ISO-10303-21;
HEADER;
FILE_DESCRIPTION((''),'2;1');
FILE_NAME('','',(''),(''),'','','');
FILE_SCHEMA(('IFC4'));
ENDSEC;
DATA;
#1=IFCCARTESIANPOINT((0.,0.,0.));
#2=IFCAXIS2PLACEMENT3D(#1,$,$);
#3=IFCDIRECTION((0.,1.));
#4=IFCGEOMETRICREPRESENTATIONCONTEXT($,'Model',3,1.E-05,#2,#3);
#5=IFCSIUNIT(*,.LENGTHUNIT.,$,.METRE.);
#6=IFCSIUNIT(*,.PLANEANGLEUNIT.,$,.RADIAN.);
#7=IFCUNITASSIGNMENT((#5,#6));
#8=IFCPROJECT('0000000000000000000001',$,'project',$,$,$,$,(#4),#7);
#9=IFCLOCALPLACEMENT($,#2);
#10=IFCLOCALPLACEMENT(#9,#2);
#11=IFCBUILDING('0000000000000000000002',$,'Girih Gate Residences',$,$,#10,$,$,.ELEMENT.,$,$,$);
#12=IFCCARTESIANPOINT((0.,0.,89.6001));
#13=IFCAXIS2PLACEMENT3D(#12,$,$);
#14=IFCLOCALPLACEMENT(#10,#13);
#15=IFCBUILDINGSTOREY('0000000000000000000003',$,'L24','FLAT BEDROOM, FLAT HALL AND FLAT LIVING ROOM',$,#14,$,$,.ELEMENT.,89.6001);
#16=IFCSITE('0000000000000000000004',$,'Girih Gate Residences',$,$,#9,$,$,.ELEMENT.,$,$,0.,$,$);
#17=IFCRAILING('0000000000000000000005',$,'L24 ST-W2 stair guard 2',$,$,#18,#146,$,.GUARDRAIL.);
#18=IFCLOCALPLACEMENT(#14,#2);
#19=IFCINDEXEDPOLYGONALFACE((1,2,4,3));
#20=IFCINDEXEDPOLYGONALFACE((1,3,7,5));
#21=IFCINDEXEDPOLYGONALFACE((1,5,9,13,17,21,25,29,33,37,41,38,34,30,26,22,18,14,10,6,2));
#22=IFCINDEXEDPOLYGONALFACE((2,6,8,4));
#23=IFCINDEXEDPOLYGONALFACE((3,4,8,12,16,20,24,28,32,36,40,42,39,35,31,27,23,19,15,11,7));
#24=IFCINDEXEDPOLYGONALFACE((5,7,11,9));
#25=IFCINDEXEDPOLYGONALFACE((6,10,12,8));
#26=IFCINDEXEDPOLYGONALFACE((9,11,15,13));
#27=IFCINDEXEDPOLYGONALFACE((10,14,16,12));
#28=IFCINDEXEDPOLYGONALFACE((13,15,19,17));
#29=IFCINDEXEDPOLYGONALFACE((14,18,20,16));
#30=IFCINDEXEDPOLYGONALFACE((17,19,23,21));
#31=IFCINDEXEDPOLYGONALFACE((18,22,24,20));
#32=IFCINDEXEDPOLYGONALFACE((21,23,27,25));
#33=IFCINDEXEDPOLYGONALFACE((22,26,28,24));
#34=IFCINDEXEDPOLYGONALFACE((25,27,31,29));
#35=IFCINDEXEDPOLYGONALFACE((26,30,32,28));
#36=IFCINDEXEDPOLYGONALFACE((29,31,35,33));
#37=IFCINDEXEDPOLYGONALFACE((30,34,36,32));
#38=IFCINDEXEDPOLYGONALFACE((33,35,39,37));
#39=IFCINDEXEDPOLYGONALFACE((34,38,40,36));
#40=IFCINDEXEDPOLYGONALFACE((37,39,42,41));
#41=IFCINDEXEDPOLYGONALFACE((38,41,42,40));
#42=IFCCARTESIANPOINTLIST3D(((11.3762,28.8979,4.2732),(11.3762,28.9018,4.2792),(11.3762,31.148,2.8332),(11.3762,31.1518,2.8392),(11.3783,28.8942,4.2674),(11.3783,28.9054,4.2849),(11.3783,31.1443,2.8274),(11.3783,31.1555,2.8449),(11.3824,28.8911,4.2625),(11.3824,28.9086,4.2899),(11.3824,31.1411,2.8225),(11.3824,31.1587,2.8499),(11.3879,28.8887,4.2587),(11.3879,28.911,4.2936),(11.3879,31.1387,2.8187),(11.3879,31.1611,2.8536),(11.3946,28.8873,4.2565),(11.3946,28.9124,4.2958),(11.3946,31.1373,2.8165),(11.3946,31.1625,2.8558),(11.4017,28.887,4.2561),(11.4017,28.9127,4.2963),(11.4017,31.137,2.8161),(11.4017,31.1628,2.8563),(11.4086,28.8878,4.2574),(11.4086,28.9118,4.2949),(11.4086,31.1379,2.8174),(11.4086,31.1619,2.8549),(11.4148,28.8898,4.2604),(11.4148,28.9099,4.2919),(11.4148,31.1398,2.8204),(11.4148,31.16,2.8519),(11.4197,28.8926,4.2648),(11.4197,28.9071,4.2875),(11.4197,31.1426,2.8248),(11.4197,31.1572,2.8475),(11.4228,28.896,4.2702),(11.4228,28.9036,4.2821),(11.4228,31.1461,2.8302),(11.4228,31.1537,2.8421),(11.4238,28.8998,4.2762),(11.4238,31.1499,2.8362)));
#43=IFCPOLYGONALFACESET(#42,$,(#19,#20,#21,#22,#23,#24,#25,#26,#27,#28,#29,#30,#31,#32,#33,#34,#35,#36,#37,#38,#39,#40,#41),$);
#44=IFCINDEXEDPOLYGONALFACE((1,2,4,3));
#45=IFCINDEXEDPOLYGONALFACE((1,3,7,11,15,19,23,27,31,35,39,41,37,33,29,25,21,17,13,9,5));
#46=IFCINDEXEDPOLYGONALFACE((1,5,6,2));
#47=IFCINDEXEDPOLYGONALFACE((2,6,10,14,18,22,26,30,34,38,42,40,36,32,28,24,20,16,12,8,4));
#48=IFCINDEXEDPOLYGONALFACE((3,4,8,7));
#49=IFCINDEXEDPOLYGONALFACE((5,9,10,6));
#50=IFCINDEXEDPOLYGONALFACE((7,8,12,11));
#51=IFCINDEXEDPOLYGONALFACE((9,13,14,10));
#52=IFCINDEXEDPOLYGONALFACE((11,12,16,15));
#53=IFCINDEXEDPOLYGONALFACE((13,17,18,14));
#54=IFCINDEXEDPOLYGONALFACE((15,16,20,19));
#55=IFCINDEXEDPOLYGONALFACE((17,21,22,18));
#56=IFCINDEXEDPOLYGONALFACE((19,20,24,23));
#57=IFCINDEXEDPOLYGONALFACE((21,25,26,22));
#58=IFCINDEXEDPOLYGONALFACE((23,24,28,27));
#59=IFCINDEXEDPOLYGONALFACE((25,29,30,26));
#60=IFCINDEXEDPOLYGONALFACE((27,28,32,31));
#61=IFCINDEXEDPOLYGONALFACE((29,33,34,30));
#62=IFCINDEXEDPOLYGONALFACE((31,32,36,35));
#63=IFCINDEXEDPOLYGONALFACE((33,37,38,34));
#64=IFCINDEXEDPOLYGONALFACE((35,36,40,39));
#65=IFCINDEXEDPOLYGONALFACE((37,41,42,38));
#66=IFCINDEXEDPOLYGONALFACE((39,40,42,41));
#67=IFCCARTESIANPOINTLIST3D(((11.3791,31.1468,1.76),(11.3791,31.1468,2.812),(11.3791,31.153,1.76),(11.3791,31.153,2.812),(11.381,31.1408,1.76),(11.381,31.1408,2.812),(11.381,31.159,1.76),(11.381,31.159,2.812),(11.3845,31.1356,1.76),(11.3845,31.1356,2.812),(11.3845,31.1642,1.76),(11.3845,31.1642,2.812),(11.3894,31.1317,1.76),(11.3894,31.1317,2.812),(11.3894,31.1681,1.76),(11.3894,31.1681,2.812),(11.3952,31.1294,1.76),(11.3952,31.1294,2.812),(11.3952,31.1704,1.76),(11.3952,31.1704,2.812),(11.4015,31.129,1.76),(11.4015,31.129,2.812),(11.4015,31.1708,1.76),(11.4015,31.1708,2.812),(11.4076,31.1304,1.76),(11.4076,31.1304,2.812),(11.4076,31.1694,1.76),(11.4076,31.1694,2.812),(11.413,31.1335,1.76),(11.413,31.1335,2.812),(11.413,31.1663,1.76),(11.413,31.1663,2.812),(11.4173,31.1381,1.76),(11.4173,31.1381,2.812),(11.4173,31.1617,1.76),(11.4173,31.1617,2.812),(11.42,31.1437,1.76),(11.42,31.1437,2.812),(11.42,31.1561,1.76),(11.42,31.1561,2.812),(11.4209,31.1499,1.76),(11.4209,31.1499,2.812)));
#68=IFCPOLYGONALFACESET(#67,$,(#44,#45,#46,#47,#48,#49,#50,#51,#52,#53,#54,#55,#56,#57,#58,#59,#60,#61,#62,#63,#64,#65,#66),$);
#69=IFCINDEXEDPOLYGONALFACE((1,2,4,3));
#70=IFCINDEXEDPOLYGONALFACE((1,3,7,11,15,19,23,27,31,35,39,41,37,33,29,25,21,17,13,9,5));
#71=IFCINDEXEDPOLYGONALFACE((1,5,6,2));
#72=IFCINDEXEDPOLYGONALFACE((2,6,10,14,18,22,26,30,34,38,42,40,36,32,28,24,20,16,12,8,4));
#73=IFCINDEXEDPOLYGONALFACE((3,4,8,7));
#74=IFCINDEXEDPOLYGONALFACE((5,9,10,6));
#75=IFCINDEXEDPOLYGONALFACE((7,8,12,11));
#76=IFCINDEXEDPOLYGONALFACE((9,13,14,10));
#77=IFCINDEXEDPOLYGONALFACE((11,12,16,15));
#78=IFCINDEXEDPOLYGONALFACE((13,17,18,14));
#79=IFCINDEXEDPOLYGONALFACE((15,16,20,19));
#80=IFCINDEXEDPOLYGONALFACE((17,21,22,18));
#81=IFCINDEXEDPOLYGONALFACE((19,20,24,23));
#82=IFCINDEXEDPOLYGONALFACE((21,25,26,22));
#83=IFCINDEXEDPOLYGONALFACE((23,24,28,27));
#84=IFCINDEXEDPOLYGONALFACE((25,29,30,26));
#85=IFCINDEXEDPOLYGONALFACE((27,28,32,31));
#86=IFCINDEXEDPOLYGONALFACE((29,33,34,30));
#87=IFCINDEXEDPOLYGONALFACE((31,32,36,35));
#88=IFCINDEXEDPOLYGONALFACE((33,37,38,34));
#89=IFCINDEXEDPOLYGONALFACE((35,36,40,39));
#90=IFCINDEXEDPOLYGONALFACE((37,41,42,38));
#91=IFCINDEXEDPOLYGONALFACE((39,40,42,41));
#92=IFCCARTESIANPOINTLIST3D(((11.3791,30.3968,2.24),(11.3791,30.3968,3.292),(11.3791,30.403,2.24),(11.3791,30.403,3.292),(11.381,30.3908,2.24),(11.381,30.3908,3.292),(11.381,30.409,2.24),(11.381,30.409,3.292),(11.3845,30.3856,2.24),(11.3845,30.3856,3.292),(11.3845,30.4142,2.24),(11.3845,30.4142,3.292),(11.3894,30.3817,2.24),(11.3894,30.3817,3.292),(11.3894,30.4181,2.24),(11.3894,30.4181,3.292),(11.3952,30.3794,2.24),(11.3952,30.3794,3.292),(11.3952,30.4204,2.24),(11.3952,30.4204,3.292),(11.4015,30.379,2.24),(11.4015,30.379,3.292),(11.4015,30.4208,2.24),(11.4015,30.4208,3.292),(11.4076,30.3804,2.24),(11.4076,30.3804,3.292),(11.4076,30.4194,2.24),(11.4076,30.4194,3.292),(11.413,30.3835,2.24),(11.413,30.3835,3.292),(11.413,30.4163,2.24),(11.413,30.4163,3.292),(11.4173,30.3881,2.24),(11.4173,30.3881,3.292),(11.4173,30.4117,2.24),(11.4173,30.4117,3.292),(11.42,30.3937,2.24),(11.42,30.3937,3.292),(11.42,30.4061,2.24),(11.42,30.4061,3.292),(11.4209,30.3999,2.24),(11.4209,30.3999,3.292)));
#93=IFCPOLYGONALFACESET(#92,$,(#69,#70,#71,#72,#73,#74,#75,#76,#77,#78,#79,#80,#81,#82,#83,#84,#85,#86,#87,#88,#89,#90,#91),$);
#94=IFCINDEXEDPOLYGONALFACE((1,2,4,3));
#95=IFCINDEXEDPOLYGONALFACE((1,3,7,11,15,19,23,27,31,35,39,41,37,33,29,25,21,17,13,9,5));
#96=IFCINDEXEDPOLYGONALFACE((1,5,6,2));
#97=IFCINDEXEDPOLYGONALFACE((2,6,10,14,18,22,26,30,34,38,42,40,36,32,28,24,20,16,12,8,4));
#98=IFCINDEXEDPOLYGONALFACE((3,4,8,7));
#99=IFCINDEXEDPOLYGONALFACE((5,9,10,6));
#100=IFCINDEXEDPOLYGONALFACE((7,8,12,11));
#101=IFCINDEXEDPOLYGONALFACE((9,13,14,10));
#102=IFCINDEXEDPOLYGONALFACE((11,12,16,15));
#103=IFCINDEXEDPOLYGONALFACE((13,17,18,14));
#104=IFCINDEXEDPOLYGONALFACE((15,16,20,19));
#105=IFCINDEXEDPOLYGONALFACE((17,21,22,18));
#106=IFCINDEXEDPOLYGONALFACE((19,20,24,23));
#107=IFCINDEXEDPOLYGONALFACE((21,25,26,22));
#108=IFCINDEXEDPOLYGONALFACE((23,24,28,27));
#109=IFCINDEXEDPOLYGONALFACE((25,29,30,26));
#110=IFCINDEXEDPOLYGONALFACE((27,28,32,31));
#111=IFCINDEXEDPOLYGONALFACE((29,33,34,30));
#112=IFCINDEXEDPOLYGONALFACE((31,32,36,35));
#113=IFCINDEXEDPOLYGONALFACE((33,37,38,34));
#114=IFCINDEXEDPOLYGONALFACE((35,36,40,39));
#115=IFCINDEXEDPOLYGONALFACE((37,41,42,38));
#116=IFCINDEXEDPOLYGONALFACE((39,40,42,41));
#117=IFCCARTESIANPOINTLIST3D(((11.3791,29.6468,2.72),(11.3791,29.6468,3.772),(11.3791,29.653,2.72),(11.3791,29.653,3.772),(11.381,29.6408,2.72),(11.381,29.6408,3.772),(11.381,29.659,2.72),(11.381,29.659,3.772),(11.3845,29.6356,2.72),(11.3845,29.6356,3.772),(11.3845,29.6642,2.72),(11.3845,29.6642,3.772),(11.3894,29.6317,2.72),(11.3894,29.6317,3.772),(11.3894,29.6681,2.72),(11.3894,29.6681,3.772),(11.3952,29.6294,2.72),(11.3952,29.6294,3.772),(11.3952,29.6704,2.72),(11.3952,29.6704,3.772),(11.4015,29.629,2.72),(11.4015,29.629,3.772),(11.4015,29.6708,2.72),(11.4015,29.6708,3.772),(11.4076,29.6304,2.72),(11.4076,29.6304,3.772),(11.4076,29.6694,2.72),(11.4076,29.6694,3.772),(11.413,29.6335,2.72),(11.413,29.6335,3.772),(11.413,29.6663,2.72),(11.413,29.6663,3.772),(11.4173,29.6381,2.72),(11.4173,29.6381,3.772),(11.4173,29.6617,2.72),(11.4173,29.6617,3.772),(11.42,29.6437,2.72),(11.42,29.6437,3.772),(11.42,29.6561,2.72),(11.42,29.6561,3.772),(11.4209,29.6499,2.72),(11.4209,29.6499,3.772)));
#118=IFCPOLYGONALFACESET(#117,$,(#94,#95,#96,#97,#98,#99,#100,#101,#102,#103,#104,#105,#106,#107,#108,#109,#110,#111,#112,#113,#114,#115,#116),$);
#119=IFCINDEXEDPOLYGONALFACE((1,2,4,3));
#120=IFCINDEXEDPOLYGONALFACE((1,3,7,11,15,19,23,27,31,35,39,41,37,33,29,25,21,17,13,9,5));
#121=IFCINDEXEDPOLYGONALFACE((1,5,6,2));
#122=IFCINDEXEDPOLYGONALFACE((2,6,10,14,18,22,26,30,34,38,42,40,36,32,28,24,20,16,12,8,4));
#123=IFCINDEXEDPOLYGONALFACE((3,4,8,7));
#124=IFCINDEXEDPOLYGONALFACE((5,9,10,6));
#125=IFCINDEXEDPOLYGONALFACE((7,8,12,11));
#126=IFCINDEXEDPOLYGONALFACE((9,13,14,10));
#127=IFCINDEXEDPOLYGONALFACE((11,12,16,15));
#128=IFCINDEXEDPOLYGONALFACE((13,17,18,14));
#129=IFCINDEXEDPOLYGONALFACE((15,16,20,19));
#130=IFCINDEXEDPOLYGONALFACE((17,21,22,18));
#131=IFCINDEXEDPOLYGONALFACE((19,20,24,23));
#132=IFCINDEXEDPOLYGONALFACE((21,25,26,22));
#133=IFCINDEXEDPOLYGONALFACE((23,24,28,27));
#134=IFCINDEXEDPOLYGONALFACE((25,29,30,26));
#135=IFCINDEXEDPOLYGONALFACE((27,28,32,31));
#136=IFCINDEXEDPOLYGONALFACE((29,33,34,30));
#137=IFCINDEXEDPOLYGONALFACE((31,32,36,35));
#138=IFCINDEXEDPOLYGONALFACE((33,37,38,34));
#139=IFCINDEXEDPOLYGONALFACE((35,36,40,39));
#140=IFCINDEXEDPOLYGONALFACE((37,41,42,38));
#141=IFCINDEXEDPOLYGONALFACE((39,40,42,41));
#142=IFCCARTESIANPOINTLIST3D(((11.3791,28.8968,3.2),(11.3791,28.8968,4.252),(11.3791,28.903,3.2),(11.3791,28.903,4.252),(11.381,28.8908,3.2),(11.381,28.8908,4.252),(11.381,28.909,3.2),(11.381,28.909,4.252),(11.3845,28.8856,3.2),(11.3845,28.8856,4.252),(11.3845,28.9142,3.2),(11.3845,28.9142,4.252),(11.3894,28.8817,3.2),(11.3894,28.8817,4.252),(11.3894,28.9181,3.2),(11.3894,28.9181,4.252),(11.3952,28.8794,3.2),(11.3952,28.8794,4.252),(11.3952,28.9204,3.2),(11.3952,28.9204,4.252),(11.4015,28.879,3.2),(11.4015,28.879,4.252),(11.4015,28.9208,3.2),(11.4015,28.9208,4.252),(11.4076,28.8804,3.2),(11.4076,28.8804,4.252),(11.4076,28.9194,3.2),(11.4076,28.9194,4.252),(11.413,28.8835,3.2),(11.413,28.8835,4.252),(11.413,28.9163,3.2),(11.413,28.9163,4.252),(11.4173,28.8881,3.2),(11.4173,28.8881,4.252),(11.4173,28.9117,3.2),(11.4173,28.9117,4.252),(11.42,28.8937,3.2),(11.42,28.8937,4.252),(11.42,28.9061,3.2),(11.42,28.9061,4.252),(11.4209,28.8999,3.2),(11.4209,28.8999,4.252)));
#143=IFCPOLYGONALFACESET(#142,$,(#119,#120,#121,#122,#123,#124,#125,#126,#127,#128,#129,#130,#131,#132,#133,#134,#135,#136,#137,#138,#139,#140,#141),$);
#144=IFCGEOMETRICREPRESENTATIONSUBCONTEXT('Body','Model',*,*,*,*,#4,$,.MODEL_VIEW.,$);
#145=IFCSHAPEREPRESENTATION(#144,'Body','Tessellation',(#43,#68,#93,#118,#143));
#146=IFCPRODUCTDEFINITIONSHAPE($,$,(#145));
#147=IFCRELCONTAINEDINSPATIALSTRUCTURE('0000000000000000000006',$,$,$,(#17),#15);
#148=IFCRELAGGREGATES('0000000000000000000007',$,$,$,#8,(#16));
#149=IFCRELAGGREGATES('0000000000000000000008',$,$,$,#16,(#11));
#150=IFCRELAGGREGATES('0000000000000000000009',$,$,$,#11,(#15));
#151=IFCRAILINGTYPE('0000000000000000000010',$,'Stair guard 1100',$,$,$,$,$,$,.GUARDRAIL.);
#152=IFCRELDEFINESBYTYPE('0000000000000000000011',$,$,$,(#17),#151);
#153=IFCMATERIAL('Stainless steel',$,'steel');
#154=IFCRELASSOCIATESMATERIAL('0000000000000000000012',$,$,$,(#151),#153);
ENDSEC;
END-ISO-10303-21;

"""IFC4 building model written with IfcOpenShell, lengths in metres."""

from ifc_helpers import new_model, si_unit, direction, frame, origin, origin_2d, place, context, subcontext, project, spatial, circle, extrude, material, type_object, element, save


model = new_model("IFC4")

# Units and contexts
model_context = context("Model", 3, precision=1e-05, world=origin(), true_north=direction((0.0, 1.0)))
body_context = subcontext(model_context, "Body", "Model", "MODEL_VIEW")
ifc_project = project(units=[si_unit("LENGTHUNIT", "METRE"), si_unit("PLANEANGLEUNIT", "RADIAN")], contexts=[model_context])

# Site, building, storey
site_placement = place(None, origin())
site = spatial("IfcSite", under=ifc_project, at=site_placement, Name="Girih Gate Residences", CompositionType="ELEMENT", RefElevation=0.0)
building_placement = place(site_placement, origin())
building = spatial("IfcBuilding", under=site, at=building_placement, Name="Girih Gate Residences", CompositionType="ELEMENT")
storey_placement = place(building_placement, frame((0.0, 0.0, 89.6001)))
storey = spatial("IfcBuildingStorey", under=building, at=storey_placement, Name="L24", Description="FLAT BEDROOM, FLAT HALL AND FLAT LIVING ROOM", CompositionType="ELEMENT", Elevation=89.6001)

# Railing
ifc_material_1 = material(Name="Stainless steel", Category="steel")
railing_type_1 = type_object("IfcRailingType", Name="Stair guard 1100", PredefinedType="GUARDRAIL", material=ifc_material_1)
railing_1_placement = place(storey_placement, frame((11.3999, 31.1499, 1.76)))
element("IfcRailing", 1, at=railing_1_placement, inside=storey, type_object=railing_type_1, Name="L24 ST-W2 stair guard 2", PredefinedType="GUARDRAIL", context=body_context, shape_type="SweptSolid", body=[
    extrude(circle(Radius=0.0239, at=origin_2d()), frame((0.0, 0.0, 1.0762), z_axis=(0.0, -0.842281, 0.539038), x_axis=(1.0, 0.0, 0.0)), (0.0, 0.0, 1.0), 2.6714),
    extrude(circle(Radius=0.021, at=origin_2d()), origin(), (0.0, 0.0, 1.0), 1.052),
    extrude(circle(Radius=0.021, at=origin_2d()), frame((0.0, -0.75, 0.48)), (0.0, 0.0, 1.0), 1.052),
    extrude(circle(Radius=0.021, at=origin_2d()), frame((0.0, -1.5, 0.96)), (0.0, 0.0, 1.0), 1.052),
    extrude(circle(Radius=0.021, at=origin_2d()), frame((0.0, -2.25, 1.4399)), (0.0, 0.0, 1.0), 1.052),
])

save(model, "model.ifc")
